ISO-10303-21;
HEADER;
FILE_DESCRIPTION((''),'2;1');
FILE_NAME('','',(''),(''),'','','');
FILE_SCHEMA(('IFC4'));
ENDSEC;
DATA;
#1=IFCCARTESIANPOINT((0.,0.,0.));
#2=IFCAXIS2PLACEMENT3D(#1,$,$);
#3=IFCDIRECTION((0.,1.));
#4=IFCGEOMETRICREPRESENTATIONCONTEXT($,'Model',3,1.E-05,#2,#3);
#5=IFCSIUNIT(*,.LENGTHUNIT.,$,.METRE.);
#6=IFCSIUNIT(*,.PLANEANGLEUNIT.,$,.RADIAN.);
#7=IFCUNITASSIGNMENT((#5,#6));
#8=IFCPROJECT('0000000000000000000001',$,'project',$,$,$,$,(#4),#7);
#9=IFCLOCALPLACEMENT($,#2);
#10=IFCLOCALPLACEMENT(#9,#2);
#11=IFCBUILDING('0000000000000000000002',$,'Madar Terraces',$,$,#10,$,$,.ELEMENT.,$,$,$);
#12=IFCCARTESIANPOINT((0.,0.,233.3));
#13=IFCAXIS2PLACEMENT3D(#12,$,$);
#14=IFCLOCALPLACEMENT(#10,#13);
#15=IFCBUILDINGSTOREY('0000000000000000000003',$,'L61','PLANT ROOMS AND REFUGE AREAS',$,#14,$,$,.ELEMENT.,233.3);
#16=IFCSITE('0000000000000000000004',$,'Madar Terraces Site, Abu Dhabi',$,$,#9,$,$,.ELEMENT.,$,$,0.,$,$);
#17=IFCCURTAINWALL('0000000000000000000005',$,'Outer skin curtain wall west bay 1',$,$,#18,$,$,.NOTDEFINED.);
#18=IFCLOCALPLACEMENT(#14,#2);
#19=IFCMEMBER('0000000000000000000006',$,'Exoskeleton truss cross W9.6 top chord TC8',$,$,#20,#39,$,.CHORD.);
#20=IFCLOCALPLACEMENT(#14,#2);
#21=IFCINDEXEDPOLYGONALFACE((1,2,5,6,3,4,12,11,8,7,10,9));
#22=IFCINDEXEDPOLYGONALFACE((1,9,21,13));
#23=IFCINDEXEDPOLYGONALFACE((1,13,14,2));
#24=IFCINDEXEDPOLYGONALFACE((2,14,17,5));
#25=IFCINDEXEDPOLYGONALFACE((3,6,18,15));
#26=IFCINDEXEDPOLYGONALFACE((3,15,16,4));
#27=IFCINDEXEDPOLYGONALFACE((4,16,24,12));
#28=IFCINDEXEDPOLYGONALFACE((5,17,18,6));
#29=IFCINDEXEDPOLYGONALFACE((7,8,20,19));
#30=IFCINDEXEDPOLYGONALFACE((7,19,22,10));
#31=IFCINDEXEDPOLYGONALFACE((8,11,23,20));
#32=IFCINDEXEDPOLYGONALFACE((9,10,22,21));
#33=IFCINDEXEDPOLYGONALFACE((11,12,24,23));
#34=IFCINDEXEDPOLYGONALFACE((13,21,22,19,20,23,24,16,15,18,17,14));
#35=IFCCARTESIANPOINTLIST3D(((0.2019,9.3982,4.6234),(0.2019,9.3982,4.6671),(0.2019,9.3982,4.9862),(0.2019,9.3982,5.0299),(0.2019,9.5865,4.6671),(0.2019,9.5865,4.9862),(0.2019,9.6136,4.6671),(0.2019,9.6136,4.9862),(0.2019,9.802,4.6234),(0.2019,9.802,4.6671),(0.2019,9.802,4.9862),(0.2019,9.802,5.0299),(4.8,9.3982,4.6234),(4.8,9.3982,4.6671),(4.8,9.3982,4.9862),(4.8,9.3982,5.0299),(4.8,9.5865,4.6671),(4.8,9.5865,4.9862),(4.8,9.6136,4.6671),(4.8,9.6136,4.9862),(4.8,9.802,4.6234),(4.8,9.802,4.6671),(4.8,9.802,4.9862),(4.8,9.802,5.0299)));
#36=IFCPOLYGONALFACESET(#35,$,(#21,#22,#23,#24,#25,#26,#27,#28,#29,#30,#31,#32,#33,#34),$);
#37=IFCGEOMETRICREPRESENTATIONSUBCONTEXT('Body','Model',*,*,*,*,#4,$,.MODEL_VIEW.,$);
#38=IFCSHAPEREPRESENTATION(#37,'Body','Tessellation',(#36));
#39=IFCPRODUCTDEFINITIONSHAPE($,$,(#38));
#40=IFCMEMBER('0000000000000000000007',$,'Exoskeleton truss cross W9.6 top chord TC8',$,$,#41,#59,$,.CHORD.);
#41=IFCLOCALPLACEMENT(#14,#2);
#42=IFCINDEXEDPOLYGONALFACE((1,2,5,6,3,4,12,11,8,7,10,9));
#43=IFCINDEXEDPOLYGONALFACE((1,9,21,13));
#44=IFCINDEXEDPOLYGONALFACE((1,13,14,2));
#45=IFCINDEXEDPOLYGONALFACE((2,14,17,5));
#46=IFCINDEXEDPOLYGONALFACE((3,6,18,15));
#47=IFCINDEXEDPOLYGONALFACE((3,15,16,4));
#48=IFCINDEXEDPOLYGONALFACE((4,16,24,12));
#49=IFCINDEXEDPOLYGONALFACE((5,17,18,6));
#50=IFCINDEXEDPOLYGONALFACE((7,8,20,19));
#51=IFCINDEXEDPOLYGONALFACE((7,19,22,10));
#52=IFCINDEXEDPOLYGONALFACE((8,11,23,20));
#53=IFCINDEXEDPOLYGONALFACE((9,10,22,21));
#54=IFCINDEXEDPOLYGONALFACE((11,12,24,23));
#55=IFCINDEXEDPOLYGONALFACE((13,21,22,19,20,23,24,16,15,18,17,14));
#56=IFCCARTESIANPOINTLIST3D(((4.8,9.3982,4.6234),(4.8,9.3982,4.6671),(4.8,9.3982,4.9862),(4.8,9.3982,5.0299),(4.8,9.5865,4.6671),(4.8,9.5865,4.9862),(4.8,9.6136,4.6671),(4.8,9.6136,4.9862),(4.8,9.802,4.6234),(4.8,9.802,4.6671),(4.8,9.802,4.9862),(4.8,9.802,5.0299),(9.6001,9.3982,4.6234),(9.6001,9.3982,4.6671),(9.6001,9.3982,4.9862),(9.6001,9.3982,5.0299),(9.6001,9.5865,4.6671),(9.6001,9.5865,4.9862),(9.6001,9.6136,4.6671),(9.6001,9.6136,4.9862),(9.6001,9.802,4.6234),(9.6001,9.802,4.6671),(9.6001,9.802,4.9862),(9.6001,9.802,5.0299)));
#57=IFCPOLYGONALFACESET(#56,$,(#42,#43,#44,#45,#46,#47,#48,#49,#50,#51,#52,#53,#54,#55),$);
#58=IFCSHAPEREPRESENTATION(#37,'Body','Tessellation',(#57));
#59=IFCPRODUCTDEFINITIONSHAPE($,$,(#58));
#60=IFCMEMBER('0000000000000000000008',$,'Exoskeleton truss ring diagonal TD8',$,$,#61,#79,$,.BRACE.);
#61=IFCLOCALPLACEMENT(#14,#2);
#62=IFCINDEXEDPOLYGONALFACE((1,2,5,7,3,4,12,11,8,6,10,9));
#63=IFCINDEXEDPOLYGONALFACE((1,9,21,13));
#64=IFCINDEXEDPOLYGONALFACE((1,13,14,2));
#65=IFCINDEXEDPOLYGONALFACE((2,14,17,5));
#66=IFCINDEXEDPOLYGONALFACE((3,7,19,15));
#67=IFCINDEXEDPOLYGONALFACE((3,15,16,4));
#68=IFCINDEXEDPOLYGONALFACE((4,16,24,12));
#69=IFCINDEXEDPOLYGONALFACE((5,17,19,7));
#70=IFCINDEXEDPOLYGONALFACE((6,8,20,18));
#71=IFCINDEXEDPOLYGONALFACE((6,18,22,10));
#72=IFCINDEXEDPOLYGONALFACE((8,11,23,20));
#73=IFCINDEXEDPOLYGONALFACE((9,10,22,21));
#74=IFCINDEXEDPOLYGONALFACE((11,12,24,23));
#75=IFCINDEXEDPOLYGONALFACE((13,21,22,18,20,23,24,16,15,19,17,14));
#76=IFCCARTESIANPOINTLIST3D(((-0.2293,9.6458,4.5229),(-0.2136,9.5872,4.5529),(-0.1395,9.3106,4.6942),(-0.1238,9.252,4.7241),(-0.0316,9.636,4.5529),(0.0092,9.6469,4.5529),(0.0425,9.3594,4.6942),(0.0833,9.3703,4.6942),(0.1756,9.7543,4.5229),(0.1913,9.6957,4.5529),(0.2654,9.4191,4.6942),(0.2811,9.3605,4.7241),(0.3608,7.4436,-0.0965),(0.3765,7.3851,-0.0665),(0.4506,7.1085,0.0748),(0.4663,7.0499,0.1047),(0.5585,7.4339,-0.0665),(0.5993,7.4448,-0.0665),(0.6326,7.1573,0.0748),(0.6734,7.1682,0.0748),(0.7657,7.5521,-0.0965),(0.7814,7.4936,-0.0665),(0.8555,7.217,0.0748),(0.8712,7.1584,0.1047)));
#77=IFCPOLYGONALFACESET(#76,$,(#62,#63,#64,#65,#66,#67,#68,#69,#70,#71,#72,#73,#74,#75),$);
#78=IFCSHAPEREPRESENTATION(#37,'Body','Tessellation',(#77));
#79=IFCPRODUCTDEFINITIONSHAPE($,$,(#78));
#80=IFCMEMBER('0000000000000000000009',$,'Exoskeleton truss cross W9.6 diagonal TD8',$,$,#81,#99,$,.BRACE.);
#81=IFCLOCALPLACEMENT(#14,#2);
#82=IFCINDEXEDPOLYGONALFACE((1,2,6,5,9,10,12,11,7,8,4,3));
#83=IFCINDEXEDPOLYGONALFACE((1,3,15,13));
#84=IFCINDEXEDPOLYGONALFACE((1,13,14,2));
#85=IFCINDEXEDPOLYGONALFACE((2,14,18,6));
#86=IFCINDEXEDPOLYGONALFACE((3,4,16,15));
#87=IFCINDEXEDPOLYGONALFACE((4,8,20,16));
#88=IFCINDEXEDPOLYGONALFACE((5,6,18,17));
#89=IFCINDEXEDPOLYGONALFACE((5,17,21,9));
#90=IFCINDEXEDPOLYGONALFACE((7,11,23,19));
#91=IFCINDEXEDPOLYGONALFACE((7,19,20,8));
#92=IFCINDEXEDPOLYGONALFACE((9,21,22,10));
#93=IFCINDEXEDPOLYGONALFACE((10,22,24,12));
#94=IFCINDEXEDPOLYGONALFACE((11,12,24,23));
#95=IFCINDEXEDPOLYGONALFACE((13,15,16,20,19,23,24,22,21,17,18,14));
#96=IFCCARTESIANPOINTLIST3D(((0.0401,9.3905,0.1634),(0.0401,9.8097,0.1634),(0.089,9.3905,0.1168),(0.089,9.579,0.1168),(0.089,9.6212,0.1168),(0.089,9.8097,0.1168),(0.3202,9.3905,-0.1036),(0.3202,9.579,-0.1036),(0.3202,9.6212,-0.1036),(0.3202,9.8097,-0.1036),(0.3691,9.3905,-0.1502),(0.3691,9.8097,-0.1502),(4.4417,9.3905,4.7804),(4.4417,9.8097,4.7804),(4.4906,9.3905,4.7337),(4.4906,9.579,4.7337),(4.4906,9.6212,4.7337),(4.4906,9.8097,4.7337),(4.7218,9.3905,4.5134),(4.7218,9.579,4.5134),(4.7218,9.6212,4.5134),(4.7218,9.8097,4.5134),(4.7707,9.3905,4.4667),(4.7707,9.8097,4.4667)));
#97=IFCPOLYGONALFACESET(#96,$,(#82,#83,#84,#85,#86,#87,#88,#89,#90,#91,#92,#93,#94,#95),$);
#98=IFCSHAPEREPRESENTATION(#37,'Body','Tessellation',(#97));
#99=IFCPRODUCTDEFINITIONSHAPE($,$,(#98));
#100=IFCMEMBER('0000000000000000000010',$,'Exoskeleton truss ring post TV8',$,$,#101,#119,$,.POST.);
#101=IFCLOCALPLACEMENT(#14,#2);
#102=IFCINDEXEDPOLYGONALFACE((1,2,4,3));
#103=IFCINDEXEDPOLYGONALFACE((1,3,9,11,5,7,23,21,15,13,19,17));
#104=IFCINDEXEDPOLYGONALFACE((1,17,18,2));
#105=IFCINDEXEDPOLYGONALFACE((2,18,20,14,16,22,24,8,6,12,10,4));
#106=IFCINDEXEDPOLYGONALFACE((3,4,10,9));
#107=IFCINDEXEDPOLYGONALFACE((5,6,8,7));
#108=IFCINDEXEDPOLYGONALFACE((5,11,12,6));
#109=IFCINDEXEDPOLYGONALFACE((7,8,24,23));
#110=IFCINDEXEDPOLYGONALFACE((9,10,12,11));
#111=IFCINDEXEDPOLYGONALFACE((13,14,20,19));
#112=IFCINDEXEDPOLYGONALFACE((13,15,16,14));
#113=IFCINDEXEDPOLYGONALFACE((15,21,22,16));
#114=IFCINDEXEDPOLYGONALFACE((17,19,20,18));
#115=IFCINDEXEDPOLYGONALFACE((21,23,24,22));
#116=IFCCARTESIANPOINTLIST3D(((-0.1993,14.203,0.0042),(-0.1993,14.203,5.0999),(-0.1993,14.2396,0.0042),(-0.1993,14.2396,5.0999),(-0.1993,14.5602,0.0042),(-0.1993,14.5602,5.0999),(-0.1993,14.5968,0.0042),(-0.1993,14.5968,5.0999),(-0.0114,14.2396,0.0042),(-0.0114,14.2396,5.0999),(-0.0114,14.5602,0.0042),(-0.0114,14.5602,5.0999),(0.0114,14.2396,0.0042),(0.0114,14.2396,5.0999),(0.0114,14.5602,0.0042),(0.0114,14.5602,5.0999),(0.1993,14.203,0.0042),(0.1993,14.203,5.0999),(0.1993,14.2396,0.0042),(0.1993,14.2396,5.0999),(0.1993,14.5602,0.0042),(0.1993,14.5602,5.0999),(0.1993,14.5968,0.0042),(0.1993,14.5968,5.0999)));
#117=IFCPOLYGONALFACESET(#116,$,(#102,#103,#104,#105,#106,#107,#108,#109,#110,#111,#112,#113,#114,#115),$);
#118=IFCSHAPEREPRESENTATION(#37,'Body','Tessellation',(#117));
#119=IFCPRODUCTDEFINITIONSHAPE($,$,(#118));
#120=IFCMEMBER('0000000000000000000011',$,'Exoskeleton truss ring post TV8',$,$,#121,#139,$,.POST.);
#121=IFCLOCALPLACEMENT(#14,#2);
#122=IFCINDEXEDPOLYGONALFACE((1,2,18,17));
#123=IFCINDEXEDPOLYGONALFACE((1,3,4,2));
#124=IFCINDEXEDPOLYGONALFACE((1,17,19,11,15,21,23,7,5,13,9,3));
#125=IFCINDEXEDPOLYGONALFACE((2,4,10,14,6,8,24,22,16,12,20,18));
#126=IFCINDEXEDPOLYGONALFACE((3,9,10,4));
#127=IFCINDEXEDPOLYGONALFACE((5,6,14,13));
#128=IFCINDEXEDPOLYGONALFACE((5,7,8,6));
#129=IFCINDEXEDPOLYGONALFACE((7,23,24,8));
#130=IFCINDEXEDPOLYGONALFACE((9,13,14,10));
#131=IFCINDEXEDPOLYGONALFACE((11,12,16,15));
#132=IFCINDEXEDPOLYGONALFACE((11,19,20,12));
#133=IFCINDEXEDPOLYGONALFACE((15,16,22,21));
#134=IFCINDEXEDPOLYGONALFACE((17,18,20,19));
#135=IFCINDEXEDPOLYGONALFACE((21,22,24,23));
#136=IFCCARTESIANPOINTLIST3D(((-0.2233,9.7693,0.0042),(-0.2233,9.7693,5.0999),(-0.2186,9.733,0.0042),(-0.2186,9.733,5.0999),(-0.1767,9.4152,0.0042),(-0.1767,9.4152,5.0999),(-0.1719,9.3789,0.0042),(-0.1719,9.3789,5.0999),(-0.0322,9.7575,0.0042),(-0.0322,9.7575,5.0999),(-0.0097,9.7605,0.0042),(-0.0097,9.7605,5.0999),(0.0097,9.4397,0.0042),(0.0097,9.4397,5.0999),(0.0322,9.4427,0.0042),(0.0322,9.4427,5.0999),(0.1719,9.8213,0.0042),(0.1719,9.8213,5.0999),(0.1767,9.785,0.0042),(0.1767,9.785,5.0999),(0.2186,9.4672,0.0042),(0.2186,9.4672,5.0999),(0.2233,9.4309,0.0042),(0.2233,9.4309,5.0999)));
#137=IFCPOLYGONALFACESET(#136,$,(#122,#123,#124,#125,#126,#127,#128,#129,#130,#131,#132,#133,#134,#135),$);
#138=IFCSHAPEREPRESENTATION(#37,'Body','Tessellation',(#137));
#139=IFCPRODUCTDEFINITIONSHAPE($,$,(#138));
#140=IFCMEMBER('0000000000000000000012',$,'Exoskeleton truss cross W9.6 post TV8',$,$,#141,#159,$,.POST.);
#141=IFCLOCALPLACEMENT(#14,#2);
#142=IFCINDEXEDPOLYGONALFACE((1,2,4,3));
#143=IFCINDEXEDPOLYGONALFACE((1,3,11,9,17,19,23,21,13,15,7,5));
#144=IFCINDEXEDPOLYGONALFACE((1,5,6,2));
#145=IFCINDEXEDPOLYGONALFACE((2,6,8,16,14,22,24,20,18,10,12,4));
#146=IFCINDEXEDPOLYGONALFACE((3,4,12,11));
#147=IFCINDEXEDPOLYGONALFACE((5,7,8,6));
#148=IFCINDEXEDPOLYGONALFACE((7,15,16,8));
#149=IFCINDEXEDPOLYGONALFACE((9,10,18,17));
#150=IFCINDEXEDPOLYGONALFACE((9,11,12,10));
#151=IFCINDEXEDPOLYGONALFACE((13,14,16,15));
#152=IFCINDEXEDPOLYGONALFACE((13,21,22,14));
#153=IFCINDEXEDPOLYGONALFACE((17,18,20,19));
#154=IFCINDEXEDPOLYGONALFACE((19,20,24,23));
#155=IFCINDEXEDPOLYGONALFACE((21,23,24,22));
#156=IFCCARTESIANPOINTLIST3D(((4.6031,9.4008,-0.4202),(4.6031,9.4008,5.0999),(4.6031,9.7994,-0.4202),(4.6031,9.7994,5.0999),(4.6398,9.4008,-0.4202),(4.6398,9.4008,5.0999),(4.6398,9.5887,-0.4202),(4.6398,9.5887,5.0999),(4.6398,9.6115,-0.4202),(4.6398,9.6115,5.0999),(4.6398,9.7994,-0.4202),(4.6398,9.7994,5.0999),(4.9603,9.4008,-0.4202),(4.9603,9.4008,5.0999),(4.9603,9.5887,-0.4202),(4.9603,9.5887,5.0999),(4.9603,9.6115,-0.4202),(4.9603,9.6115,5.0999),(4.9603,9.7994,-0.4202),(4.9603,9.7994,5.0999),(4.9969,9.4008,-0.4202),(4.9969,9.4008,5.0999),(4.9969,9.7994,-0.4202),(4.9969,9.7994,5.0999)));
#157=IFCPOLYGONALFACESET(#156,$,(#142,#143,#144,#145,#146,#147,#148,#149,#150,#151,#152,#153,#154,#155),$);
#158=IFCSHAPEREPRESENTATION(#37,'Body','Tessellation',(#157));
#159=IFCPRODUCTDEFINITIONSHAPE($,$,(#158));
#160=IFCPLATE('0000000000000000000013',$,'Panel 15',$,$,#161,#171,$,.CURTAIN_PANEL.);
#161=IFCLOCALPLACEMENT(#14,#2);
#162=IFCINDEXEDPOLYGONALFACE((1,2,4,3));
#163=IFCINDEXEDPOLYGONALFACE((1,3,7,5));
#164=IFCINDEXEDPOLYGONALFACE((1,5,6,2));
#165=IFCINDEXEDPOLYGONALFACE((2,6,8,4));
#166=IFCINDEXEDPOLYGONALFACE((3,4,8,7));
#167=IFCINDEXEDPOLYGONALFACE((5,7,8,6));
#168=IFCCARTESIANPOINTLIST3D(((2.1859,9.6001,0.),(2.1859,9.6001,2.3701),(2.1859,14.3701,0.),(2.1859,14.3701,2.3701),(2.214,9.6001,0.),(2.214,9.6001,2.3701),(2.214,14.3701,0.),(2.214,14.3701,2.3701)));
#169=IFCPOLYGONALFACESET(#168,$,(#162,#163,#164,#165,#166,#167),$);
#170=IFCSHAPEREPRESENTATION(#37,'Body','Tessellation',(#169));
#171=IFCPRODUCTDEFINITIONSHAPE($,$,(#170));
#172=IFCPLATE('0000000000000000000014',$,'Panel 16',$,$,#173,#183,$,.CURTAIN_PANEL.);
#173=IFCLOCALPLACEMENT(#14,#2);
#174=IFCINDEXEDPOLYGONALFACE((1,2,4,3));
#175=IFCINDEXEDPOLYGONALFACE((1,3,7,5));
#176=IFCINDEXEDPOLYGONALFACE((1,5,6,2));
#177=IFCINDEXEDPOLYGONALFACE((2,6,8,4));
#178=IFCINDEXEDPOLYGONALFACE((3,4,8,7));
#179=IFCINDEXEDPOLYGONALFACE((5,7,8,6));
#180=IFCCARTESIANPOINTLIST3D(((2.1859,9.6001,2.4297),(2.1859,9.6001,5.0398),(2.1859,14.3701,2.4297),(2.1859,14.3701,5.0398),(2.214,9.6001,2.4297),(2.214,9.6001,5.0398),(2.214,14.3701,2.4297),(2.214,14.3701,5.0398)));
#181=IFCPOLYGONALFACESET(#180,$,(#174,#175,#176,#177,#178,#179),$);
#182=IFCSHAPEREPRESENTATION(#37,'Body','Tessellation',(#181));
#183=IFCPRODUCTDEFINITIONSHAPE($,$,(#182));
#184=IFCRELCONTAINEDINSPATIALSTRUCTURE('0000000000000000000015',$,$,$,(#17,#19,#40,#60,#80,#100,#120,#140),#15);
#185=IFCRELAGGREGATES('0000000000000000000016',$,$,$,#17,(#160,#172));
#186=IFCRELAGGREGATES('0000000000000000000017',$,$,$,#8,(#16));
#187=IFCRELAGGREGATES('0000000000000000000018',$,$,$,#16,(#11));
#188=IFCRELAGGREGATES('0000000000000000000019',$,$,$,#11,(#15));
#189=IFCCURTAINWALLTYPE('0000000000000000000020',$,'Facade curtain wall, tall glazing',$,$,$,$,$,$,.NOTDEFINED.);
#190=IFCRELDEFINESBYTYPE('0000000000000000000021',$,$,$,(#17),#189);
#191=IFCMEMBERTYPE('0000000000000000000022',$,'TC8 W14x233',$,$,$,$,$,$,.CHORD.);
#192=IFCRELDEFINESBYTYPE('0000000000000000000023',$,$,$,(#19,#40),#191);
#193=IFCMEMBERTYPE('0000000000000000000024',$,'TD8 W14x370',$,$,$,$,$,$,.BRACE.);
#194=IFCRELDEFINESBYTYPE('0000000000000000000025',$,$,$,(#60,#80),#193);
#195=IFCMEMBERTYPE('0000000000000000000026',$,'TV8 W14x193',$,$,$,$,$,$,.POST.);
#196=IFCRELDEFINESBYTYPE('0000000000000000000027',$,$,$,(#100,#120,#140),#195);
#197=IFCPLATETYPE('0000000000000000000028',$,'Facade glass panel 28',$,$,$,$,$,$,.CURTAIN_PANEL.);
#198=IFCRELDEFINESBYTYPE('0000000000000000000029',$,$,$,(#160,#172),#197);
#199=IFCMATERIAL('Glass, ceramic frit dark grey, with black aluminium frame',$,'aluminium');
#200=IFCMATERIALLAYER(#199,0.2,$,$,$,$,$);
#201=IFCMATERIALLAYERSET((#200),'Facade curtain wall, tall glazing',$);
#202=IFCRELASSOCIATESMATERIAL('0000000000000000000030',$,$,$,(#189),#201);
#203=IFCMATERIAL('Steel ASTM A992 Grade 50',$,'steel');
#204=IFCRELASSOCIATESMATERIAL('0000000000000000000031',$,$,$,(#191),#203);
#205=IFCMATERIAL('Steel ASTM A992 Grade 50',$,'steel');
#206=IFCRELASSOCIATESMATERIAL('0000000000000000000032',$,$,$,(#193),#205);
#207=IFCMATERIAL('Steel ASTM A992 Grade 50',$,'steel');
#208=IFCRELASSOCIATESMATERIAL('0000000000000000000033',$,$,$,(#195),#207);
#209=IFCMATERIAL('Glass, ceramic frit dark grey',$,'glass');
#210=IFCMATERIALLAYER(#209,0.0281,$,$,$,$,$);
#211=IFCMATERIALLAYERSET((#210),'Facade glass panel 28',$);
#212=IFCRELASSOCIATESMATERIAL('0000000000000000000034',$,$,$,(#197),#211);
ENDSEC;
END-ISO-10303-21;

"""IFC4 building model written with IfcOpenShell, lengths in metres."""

from ifc_helpers import new_model, si_unit, direction, frame, origin, origin_2d, place, context, subcontext, project, spatial, rectangle, i_section, extrude, material, layer, layer_set, material_profile, profile_set, type_object, element, aggregate, save


model = new_model("IFC4")

# Units and contexts
model_context = context("Model", 3, precision=1e-05, world=origin(), true_north=direction((0.0, 1.0)))
body_context = subcontext(model_context, "Body", "Model", "MODEL_VIEW")
ifc_project = project(units=[si_unit("LENGTHUNIT", "METRE"), si_unit("PLANEANGLEUNIT", "RADIAN")], contexts=[model_context])

# Site, building, storey
site_placement = place(None, origin())
site = spatial("IfcSite", under=ifc_project, at=site_placement, Name="Madar Terraces Site, Abu Dhabi", CompositionType="ELEMENT", RefElevation=0.0)
building_placement = place(site_placement, origin())
building = spatial("IfcBuilding", under=site, at=building_placement, Name="Madar Terraces", CompositionType="ELEMENT")
storey_placement = place(building_placement, frame((0.0, 0.0, 233.3)))
storey = spatial("IfcBuildingStorey", under=building, at=storey_placement, Name="L61", Description="PLANT ROOMS AND REFUGE AREAS", CompositionType="ELEMENT", Elevation=233.3)

# Curtain wall
ifc_material_1 = material(Name="Glass, ceramic frit dark grey, with black aluminium frame", Category="aluminium")
ifc_layer_1 = layer(ifc_material_1, 0.2)
ifc_layer_set_1 = layer_set([ifc_layer_1], Name="Facade curtain wall, tall glazing")
curtain_wall_type = type_object("IfcCurtainWallType", Name="Facade curtain wall, tall glazing", PredefinedType="NOTDEFINED", material=ifc_layer_set_1)
curtain_wall_1_placement = place(storey_placement, origin())
curtain_wall_1 = element("IfcCurtainWall", 1, at=curtain_wall_1_placement, inside=storey, type_object=curtain_wall_type, Name="Outer skin curtain wall west bay 1", PredefinedType="NOTDEFINED")

# Members
ifc_material_2 = material(Name="Steel ASTM A992 Grade 50", Category="steel")
ifc_material_profile_1 = material_profile(ifc_material_2, i_section(OverallWidth=0.4038, OverallDepth=0.4065, WebThickness=0.0271, FlangeThickness=0.0437, at=origin_2d()), Name="W14x233")
ifc_profile_set_1 = profile_set([ifc_material_profile_1], Name="Steel ASTM A992 Grade 50")
member_type_1 = type_object("IfcMemberType", Name="TC8 W14x233", PredefinedType="CHORD", material=ifc_profile_set_1)
member_1_placement = place(storey_placement, frame((0.2019, 9.6001, 4.8267), z_axis=(1.0, 0.0, 0.0), x_axis=(0.0, 1.0, 0.0)))
element("IfcMember", 2, at=member_1_placement, inside=storey, type_object=member_type_1, Name="Exoskeleton truss cross W9.6 top chord TC8", PredefinedType="CHORD", context=body_context, shape_type="SweptSolid", body=[
    extrude(i_section(OverallWidth=0.4038, OverallDepth=0.4065, WebThickness=0.0271, FlangeThickness=0.0437, at=origin_2d()), origin(), (0.0, 0.0, 1.0), 4.5981),
])
member_2_placement = place(storey_placement, frame((4.8, 9.6001, 4.8267), z_axis=(1.0, 0.0, 0.0), x_axis=(0.0, 1.0, 0.0)))
element("IfcMember", 3, at=member_2_placement, inside=storey, type_object=member_type_1, Name="Exoskeleton truss cross W9.6 top chord TC8", PredefinedType="CHORD", context=body_context, shape_type="SweptSolid", body=[
    extrude(i_section(OverallWidth=0.4038, OverallDepth=0.4065, WebThickness=0.0271, FlangeThickness=0.0437, at=origin_2d()), origin(), (0.0, 0.0, 1.0), 4.8),
])
ifc_material_3 = material(Name="Steel ASTM A992 Grade 50", Category="steel")
ifc_material_profile_2 = material_profile(ifc_material_3, i_section(OverallWidth=0.4192, OverallDepth=0.4546, WebThickness=0.0422, FlangeThickness=0.0676, at=origin_2d()), Name="W14x370")
ifc_profile_set_2 = profile_set([ifc_material_profile_2], Name="Steel ASTM A992 Grade 50")
member_type_2 = type_object("IfcMemberType", Name="TD8 W14x370", PredefinedType="BRACE", material=ifc_profile_set_2)
member_3_placement = place(storey_placement, frame((0.0259, 9.5032, 4.6235), z_axis=(0.11455, -0.42749, -0.896733), x_axis=(0.965923, 0.258829, 0.0)))
element("IfcMember", 4, at=member_3_placement, inside=storey, type_object=member_type_2, Name="Exoskeleton truss ring diagonal TD8", PredefinedType="BRACE", context=body_context, shape_type="SweptSolid", body=[
    extrude(i_section(OverallWidth=0.4192, OverallDepth=0.4546, WebThickness=0.0422, FlangeThickness=0.0676, at=origin_2d()), origin(), (0.0, 0.0, 1.0), 5.1514),
])
member_4_placement = place(storey_placement, frame((0.2046, 9.6001, 0.0066), z_axis=(0.690027, 0.0, 0.723784), x_axis=(0.0, 1.0, 0.0)))
element("IfcMember", 5, at=member_4_placement, inside=storey, type_object=member_type_2, Name="Exoskeleton truss cross W9.6 diagonal TD8", PredefinedType="BRACE", context=body_context, shape_type="SweptSolid", body=[
    extrude(i_section(OverallWidth=0.4192, OverallDepth=0.4546, WebThickness=0.0422, FlangeThickness=0.0676, at=origin_2d()), origin(), (0.0, 0.0, 1.0), 6.3789),
])
ifc_material_4 = material(Name="Steel ASTM A992 Grade 50", Category="steel")
ifc_material_profile_3 = material_profile(ifc_material_4, i_section(OverallWidth=0.3987, OverallDepth=0.3938, WebThickness=0.0227, FlangeThickness=0.0366, at=origin_2d()), Name="W14x193")
ifc_profile_set_3 = profile_set([ifc_material_profile_3], Name="Steel ASTM A992 Grade 50")
member_type_3 = type_object("IfcMemberType", Name="TV8 W14x193", PredefinedType="POST", material=ifc_profile_set_3)
for number, where, z_axis, x_axis, name in (
    (6, (0.0, 14.3999, 0.0042), (0.0, 0.0, 1.0), (1.0, 0.0, 0.0), "Exoskeleton truss ring post TV8"),
    (7, (0.0, 9.6001, 0.0042), (0.0, 0.0, 1.0), (0.991445, 0.130526, 0.0), "Exoskeleton truss ring post TV8"),
):
    element("IfcMember", number, at=place(storey_placement, frame(where, z_axis=z_axis, x_axis=x_axis)), inside=storey, type_object=member_type_3, Name=name, PredefinedType="POST", context=body_context, shape_type="SweptSolid", body=[
        extrude(i_section(OverallWidth=0.3987, OverallDepth=0.3938, WebThickness=0.0227, FlangeThickness=0.0366, at=origin_2d()), origin(), (0.0, 0.0, 1.0), 5.0957),
    ])
member_5_placement = place(storey_placement, frame((4.8, 9.6001, -0.4202), z_axis=(0.0, 0.0, 1.0), x_axis=(0.0, 1.0, 0.0)))
element("IfcMember", 8, at=member_5_placement, inside=storey, type_object=member_type_3, Name="Exoskeleton truss cross W9.6 post TV8", PredefinedType="POST", context=body_context, shape_type="SweptSolid", body=[
    extrude(i_section(OverallWidth=0.3987, OverallDepth=0.3938, WebThickness=0.0227, FlangeThickness=0.0366, at=origin_2d()), origin(), (0.0, 0.0, 1.0), 5.52),
])

# Plates
ifc_material_5 = material(Name="Glass, ceramic frit dark grey", Category="glass")
ifc_layer_2 = layer(ifc_material_5, 0.0281)
ifc_layer_set_2 = layer_set([ifc_layer_2], Name="Facade glass panel 28")
plate_type = type_object("IfcPlateType", Name="Facade glass panel 28", PredefinedType="CURTAIN_PANEL", material=ifc_layer_set_2)
plate_1_placement = place(storey_placement, frame((2.2, 11.9851, 0.0), z_axis=(0.0, 0.0, 1.0), x_axis=(0.0, -1.0, 0.0)))
plate_1 = element("IfcPlate", 9, at=plate_1_placement, type_object=plate_type, Name="Panel 15", PredefinedType="CURTAIN_PANEL", context=body_context, shape_type="SweptSolid", body=[
    extrude(rectangle(XDim=4.77, YDim=0.0281, at=origin_2d()), origin(), (0.0, 0.0, 1.0), 2.3701),
])
plate_2_placement = place(storey_placement, frame((2.2, 11.9851, 2.4297), z_axis=(0.0, 0.0, 1.0), x_axis=(0.0, -1.0, 0.0)))
plate_2 = element("IfcPlate", 10, at=plate_2_placement, type_object=plate_type, Name="Panel 16", PredefinedType="CURTAIN_PANEL", context=body_context, shape_type="SweptSolid", body=[
    extrude(rectangle(XDim=4.77, YDim=0.0281, at=origin_2d()), origin(), (0.0, 0.0, 1.0), 2.6101),
])
aggregate(curtain_wall_1, [plate_1, plate_2])

save(model, "model.ifc")
